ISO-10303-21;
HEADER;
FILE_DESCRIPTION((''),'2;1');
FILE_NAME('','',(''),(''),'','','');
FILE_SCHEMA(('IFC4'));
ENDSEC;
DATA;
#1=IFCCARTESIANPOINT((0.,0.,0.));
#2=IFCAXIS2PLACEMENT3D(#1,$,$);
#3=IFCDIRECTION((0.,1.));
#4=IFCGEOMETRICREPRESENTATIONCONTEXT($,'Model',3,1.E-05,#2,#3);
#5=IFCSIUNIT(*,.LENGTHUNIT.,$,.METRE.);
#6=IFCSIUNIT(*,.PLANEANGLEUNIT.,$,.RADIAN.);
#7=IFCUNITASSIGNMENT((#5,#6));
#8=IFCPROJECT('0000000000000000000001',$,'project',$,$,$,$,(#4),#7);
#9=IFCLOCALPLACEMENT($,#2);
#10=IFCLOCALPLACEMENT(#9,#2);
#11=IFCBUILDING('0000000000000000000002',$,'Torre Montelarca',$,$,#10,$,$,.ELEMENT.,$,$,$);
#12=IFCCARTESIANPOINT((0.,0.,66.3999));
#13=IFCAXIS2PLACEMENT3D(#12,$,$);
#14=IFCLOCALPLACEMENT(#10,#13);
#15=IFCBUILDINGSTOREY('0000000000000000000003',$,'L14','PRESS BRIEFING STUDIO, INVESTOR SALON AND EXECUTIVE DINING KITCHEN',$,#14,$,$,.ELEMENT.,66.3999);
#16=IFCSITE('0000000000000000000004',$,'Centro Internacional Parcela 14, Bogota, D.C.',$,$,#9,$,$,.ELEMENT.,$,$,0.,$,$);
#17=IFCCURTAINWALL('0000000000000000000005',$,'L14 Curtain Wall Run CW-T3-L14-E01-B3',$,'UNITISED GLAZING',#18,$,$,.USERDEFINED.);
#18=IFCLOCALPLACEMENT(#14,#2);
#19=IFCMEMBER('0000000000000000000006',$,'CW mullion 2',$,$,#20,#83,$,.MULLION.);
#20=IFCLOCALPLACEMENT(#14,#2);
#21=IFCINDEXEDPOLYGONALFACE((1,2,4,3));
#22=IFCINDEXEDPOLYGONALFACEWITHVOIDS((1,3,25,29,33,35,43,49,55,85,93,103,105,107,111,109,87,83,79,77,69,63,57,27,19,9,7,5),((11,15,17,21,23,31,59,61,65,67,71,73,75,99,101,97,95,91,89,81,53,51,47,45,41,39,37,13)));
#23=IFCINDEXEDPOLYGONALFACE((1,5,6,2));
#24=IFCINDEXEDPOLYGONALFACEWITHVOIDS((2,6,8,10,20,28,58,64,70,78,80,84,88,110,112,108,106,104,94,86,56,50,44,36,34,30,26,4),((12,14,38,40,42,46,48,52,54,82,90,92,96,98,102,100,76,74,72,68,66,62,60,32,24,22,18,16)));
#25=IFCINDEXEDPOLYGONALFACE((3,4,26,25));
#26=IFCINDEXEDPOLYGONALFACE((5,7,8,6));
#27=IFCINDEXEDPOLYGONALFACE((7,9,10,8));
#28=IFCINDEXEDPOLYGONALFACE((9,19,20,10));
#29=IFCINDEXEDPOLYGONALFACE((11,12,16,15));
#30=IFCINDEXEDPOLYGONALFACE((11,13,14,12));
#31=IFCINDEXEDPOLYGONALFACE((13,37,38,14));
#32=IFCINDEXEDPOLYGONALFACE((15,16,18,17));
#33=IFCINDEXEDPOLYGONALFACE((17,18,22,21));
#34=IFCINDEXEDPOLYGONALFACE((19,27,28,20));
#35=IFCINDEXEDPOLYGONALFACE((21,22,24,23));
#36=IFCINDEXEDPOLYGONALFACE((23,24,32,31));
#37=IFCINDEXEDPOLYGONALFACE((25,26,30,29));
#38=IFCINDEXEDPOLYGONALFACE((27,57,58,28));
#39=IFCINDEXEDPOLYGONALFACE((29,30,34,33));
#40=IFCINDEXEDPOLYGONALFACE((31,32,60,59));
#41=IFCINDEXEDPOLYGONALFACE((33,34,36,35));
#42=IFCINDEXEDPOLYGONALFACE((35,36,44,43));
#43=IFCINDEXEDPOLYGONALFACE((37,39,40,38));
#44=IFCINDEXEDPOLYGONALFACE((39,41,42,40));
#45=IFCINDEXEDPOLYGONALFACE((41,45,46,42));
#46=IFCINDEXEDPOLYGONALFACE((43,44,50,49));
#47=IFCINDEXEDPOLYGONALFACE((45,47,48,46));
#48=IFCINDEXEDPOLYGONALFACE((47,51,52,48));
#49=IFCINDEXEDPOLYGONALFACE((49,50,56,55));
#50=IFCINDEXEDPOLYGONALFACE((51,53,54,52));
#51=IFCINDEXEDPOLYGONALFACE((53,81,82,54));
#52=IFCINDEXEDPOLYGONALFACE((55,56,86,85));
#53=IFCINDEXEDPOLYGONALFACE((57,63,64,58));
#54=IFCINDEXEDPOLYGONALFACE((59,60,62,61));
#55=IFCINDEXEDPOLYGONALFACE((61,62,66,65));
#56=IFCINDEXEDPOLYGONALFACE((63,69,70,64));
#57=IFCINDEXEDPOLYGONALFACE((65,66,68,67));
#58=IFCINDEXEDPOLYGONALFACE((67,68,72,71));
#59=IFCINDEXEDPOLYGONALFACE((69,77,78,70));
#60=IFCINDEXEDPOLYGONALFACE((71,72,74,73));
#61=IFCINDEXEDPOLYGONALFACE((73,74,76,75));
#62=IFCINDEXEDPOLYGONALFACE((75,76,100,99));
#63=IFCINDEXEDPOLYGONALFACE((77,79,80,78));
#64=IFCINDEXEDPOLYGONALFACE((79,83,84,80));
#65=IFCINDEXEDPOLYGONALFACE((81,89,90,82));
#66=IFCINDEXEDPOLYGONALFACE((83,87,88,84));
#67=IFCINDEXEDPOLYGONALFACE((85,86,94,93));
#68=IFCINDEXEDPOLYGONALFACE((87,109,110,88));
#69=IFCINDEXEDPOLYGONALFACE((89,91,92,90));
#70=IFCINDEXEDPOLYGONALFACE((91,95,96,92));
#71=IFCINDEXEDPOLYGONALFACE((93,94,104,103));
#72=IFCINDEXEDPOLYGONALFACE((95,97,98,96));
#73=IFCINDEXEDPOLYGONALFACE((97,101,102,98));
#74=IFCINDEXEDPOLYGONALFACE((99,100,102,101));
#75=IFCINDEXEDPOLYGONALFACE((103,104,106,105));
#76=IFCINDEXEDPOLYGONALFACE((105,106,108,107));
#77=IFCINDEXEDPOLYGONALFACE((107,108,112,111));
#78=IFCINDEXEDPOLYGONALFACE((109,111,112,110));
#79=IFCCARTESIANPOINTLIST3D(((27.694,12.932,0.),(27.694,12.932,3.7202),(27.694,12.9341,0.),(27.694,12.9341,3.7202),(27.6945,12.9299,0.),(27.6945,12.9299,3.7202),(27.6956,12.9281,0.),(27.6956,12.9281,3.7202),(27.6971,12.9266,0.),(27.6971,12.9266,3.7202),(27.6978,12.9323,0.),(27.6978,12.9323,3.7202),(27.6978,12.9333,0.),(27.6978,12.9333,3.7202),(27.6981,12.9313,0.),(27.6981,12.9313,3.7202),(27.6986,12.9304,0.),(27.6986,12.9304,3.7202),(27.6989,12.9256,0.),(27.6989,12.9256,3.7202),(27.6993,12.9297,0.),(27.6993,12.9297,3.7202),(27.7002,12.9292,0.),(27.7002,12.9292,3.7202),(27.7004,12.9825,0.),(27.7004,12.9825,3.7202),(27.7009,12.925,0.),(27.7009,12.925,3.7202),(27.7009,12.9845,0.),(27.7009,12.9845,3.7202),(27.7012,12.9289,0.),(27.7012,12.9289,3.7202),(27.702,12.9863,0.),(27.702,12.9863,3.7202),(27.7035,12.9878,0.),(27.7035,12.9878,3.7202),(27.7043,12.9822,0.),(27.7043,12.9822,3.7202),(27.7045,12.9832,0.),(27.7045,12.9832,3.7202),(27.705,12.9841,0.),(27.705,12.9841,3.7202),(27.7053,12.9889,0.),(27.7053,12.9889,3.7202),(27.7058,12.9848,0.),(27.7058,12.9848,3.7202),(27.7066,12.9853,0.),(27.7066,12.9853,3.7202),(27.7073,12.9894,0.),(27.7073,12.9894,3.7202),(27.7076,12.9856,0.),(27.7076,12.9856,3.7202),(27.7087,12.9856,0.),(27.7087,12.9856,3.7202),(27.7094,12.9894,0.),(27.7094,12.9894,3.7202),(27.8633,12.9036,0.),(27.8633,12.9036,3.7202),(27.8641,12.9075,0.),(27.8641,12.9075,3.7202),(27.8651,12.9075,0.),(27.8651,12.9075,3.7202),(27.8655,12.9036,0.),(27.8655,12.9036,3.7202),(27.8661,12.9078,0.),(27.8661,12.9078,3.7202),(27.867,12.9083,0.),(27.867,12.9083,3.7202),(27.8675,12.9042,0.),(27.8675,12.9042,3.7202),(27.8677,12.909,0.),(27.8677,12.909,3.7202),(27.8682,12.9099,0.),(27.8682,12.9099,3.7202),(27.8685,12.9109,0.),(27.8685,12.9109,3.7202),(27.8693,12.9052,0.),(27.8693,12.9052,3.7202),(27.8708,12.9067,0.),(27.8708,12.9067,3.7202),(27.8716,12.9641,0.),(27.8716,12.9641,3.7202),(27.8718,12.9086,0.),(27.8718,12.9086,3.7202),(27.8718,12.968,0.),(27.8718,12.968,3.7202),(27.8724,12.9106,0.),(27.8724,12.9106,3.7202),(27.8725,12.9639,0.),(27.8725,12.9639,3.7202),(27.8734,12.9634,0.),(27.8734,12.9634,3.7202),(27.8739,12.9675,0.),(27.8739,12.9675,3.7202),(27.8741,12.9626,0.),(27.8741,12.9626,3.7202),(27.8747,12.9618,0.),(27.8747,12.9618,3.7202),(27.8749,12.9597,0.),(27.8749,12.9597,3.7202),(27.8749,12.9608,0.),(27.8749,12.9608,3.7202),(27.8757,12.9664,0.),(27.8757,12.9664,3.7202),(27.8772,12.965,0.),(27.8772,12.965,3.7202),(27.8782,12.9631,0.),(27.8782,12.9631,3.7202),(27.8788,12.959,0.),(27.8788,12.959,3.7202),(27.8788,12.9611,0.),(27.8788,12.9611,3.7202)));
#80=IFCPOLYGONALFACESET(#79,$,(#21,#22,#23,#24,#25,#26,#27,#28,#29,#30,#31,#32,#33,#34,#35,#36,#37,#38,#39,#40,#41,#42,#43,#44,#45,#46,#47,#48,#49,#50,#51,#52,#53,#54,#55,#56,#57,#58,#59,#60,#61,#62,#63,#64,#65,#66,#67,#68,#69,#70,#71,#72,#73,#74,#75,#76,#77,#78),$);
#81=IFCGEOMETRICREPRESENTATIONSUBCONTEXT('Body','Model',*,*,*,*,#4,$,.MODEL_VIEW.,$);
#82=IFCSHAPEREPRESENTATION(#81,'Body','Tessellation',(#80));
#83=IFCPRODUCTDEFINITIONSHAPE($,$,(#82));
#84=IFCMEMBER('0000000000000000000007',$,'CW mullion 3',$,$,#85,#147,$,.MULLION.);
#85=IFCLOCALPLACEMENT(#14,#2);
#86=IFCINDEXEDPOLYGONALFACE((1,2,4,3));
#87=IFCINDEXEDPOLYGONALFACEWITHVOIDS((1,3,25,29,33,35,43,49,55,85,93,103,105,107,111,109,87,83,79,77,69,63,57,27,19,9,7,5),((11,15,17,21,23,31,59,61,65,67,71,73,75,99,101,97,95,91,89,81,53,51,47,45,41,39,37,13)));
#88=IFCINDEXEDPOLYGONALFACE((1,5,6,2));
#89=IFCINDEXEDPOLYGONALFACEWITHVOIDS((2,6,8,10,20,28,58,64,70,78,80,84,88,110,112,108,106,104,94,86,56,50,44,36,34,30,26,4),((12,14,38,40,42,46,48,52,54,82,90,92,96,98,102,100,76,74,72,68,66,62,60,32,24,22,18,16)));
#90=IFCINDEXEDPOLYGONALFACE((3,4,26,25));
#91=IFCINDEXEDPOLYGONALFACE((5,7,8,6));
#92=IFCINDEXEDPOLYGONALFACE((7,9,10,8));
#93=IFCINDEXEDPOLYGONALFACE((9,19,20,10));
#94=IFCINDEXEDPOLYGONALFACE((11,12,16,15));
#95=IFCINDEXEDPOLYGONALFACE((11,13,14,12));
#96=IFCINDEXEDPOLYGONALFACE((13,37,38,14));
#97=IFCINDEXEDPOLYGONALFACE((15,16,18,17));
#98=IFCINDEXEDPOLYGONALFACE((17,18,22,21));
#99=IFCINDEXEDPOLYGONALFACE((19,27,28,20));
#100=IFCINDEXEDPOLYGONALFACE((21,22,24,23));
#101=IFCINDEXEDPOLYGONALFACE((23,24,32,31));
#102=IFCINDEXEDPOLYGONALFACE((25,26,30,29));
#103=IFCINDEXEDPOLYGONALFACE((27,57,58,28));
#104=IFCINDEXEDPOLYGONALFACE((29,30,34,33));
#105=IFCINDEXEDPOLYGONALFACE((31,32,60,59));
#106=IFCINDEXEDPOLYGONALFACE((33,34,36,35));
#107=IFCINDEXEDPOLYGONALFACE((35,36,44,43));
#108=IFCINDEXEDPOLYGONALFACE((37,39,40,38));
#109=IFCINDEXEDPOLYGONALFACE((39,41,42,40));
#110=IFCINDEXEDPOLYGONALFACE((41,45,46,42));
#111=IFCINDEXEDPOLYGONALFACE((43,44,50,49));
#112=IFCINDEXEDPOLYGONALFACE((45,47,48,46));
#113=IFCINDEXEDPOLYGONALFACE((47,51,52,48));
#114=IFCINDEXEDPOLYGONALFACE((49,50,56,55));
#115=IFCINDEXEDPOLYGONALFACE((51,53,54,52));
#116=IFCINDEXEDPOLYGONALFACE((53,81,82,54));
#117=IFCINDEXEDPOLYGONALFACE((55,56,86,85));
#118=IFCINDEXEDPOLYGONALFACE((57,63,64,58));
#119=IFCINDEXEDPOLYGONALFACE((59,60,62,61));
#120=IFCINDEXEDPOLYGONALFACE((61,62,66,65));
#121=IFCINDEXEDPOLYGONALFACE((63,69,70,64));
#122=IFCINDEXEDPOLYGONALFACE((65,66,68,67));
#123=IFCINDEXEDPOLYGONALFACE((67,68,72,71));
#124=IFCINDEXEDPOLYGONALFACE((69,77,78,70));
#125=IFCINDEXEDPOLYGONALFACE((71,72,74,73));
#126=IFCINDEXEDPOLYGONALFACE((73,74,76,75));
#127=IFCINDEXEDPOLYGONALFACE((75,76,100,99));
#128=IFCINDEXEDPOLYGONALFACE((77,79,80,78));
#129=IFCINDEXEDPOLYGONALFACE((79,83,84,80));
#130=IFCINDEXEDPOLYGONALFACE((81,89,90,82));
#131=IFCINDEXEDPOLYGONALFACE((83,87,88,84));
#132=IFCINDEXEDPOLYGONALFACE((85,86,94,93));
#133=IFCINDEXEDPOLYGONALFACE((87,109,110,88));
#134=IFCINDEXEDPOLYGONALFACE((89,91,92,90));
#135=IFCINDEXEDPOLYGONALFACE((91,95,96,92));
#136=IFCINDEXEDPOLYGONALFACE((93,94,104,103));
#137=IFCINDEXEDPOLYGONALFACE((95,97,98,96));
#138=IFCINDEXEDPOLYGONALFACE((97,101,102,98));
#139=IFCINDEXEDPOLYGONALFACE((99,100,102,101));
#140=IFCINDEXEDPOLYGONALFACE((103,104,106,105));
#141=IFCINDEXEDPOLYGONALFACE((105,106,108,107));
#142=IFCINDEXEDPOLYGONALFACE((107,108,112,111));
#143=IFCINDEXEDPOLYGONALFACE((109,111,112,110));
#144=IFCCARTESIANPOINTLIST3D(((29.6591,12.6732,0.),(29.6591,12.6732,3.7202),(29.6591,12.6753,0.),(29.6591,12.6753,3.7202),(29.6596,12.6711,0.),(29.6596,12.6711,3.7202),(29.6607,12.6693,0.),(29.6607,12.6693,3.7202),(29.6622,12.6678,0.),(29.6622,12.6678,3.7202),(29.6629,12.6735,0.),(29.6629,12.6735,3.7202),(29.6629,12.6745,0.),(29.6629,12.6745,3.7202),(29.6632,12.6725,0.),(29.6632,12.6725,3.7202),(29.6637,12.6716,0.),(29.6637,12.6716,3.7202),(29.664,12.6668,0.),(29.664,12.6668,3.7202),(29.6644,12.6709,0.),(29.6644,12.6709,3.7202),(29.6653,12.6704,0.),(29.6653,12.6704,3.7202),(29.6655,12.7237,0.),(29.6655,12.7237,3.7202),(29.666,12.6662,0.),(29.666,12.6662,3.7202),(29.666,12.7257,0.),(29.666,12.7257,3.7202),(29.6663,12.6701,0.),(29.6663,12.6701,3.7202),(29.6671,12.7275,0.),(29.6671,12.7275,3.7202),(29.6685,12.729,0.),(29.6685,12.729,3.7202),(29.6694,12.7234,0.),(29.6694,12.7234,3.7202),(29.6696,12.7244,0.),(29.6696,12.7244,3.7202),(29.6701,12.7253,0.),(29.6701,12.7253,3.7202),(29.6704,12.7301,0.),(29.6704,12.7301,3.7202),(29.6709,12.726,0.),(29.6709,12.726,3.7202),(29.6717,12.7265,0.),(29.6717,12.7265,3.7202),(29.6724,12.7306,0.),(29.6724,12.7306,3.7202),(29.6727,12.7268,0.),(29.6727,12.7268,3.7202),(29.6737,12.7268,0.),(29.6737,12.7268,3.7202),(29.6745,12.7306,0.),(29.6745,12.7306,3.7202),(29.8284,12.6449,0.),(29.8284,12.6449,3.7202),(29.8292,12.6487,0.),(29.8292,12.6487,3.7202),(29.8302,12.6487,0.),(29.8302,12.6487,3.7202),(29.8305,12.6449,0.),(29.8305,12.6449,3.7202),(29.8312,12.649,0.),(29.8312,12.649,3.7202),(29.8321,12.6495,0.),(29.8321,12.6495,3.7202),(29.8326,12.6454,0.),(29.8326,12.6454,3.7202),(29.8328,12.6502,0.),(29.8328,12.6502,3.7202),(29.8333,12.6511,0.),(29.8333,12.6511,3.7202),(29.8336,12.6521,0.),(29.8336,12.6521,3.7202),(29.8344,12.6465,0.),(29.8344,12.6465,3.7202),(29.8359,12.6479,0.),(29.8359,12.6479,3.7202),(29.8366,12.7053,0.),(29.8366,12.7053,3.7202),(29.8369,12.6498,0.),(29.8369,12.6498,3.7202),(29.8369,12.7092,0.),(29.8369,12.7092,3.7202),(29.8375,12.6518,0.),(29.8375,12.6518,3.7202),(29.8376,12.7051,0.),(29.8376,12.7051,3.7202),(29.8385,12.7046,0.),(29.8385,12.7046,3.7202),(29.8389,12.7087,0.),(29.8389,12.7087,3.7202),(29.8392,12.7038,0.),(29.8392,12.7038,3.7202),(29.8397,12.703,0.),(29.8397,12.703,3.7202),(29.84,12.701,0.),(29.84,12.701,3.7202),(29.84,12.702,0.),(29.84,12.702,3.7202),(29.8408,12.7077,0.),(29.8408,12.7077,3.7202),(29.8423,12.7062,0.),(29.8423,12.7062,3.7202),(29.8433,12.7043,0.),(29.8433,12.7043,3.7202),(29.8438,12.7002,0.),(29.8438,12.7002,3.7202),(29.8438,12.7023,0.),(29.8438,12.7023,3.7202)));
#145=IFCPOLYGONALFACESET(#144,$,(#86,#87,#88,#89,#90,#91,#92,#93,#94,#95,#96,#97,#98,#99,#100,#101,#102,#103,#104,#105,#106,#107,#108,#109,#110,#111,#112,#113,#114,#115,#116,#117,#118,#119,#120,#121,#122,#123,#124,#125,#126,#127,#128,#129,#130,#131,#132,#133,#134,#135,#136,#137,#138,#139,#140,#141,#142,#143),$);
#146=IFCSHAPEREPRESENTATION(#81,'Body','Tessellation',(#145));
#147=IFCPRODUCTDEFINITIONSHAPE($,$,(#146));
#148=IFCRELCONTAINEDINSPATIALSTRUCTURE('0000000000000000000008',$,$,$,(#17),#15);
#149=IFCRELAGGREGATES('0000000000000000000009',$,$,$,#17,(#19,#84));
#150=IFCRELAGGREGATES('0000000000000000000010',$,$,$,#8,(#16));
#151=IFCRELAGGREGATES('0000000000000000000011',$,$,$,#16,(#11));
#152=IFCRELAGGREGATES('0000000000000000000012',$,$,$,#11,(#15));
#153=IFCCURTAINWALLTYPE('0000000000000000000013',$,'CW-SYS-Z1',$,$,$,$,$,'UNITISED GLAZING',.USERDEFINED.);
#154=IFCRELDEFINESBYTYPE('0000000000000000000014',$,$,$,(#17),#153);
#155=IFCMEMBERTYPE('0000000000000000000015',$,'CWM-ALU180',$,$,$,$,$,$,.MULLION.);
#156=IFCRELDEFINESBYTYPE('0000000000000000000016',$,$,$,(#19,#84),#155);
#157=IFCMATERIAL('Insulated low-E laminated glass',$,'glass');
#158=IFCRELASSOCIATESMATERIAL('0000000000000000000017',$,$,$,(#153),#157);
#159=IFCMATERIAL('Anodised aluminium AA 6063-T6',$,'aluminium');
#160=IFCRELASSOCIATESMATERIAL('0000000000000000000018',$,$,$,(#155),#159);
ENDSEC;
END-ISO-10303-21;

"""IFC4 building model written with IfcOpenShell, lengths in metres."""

from ifc_helpers import new_model, si_unit, direction, frame, origin, origin_2d, place, context, subcontext, project, spatial, hollow_rectangle, extrude, source, transform, mapped, material, material_profile, profile_set, type_object, element, aggregate, save


model = new_model("IFC4")

# Units and contexts
model_context = context("Model", 3, precision=1e-05, world=origin(), true_north=direction((0.0, 1.0)))
body_context = subcontext(model_context, "Body", "Model", "MODEL_VIEW")
ifc_project = project(units=[si_unit("LENGTHUNIT", "METRE"), si_unit("PLANEANGLEUNIT", "RADIAN")], contexts=[model_context])

# Site, building, storey
site_placement = place(None, origin())
site = spatial("IfcSite", under=ifc_project, at=site_placement, Name="Centro Internacional Parcela 14, Bogota, D.C.", CompositionType="ELEMENT", RefElevation=0.0)
building_placement = place(site_placement, origin())
building = spatial("IfcBuilding", under=site, at=building_placement, Name="Torre Montelarca", CompositionType="ELEMENT")
storey_placement = place(building_placement, frame((0.0, 0.0, 66.3999)))
storey = spatial("IfcBuildingStorey", under=building, at=storey_placement, Name="L14", Description="PRESS BRIEFING STUDIO, INVESTOR SALON AND EXECUTIVE DINING KITCHEN", CompositionType="ELEMENT", Elevation=66.3999)

# Curtain wall
ifc_material_1 = material(Name="Insulated low-E laminated glass", Category="glass")
curtain_wall_type = type_object("IfcCurtainWallType", Name="CW-SYS-Z1", ElementType="UNITISED GLAZING", PredefinedType="USERDEFINED", material=ifc_material_1)
curtain_wall_1_placement = place(storey_placement, origin())
curtain_wall_1 = element("IfcCurtainWall", 1, at=curtain_wall_1_placement, inside=storey, type_object=curtain_wall_type, Name="L14 Curtain Wall Run CW-T3-L14-E01-B3", ObjectType="UNITISED GLAZING", PredefinedType="USERDEFINED")
ifc_material_2 = material(Name="Anodised aluminium AA 6063-T6", Category="aluminium")

# Shared definitions
ifc_material_profile_1 = material_profile(ifc_material_2, hollow_rectangle(XDim=0.0649, YDim=0.1799, WallThickness=0.0039, InnerFilletRadius=0.0039, OuterFilletRadius=0.0081, at=origin_2d()), Name="ALU65X180X4", Category="aluminium")
ifc_profile_set_1 = profile_set([ifc_material_profile_1], Name="Anodised aluminium AA 6063-T6")
member_type_1 = type_object("IfcMemberType", Name="CWM-ALU180", PredefinedType="MULLION", material=ifc_profile_set_1)
shared_shape_1 = source(origin(), body_context, "Body", "SweptSolid", [
    extrude(hollow_rectangle(XDim=0.0649, YDim=0.1799, WallThickness=0.0039, InnerFilletRadius=0.0039, OuterFilletRadius=0.0081, at=origin_2d()), origin(), (0.0, 0.0, 1.0), 3.7202),
])

# Members
member_1_placement = place(storey_placement, frame((27.7864, 12.9465, 0.0), z_axis=(0.0, 0.0, 1.0), x_axis=(0.13052, 0.991446, 0.0)))
member_1 = element("IfcMember", 2, at=member_1_placement, type_object=member_type_1, Name="CW mullion 2", PredefinedType="MULLION", context=body_context, shape_type="MappedRepresentation", body=[
    mapped(shared_shape_1, transform((0.0, 0.0, 0.0), scale=1.0)),
])
member_2_placement = place(storey_placement, frame((29.7515, 12.6877, 0.0), z_axis=(0.0, 0.0, 1.0), x_axis=(0.13052, 0.991446, 0.0)))
member_2 = element("IfcMember", 3, at=member_2_placement, type_object=member_type_1, Name="CW mullion 3", PredefinedType="MULLION", context=body_context, shape_type="MappedRepresentation", body=[
    mapped(shared_shape_1, transform((0.0, 0.0, 0.0), scale=1.0)),
])

aggregate(curtain_wall_1, [member_1, member_2])

save(model, "model.ifc")
